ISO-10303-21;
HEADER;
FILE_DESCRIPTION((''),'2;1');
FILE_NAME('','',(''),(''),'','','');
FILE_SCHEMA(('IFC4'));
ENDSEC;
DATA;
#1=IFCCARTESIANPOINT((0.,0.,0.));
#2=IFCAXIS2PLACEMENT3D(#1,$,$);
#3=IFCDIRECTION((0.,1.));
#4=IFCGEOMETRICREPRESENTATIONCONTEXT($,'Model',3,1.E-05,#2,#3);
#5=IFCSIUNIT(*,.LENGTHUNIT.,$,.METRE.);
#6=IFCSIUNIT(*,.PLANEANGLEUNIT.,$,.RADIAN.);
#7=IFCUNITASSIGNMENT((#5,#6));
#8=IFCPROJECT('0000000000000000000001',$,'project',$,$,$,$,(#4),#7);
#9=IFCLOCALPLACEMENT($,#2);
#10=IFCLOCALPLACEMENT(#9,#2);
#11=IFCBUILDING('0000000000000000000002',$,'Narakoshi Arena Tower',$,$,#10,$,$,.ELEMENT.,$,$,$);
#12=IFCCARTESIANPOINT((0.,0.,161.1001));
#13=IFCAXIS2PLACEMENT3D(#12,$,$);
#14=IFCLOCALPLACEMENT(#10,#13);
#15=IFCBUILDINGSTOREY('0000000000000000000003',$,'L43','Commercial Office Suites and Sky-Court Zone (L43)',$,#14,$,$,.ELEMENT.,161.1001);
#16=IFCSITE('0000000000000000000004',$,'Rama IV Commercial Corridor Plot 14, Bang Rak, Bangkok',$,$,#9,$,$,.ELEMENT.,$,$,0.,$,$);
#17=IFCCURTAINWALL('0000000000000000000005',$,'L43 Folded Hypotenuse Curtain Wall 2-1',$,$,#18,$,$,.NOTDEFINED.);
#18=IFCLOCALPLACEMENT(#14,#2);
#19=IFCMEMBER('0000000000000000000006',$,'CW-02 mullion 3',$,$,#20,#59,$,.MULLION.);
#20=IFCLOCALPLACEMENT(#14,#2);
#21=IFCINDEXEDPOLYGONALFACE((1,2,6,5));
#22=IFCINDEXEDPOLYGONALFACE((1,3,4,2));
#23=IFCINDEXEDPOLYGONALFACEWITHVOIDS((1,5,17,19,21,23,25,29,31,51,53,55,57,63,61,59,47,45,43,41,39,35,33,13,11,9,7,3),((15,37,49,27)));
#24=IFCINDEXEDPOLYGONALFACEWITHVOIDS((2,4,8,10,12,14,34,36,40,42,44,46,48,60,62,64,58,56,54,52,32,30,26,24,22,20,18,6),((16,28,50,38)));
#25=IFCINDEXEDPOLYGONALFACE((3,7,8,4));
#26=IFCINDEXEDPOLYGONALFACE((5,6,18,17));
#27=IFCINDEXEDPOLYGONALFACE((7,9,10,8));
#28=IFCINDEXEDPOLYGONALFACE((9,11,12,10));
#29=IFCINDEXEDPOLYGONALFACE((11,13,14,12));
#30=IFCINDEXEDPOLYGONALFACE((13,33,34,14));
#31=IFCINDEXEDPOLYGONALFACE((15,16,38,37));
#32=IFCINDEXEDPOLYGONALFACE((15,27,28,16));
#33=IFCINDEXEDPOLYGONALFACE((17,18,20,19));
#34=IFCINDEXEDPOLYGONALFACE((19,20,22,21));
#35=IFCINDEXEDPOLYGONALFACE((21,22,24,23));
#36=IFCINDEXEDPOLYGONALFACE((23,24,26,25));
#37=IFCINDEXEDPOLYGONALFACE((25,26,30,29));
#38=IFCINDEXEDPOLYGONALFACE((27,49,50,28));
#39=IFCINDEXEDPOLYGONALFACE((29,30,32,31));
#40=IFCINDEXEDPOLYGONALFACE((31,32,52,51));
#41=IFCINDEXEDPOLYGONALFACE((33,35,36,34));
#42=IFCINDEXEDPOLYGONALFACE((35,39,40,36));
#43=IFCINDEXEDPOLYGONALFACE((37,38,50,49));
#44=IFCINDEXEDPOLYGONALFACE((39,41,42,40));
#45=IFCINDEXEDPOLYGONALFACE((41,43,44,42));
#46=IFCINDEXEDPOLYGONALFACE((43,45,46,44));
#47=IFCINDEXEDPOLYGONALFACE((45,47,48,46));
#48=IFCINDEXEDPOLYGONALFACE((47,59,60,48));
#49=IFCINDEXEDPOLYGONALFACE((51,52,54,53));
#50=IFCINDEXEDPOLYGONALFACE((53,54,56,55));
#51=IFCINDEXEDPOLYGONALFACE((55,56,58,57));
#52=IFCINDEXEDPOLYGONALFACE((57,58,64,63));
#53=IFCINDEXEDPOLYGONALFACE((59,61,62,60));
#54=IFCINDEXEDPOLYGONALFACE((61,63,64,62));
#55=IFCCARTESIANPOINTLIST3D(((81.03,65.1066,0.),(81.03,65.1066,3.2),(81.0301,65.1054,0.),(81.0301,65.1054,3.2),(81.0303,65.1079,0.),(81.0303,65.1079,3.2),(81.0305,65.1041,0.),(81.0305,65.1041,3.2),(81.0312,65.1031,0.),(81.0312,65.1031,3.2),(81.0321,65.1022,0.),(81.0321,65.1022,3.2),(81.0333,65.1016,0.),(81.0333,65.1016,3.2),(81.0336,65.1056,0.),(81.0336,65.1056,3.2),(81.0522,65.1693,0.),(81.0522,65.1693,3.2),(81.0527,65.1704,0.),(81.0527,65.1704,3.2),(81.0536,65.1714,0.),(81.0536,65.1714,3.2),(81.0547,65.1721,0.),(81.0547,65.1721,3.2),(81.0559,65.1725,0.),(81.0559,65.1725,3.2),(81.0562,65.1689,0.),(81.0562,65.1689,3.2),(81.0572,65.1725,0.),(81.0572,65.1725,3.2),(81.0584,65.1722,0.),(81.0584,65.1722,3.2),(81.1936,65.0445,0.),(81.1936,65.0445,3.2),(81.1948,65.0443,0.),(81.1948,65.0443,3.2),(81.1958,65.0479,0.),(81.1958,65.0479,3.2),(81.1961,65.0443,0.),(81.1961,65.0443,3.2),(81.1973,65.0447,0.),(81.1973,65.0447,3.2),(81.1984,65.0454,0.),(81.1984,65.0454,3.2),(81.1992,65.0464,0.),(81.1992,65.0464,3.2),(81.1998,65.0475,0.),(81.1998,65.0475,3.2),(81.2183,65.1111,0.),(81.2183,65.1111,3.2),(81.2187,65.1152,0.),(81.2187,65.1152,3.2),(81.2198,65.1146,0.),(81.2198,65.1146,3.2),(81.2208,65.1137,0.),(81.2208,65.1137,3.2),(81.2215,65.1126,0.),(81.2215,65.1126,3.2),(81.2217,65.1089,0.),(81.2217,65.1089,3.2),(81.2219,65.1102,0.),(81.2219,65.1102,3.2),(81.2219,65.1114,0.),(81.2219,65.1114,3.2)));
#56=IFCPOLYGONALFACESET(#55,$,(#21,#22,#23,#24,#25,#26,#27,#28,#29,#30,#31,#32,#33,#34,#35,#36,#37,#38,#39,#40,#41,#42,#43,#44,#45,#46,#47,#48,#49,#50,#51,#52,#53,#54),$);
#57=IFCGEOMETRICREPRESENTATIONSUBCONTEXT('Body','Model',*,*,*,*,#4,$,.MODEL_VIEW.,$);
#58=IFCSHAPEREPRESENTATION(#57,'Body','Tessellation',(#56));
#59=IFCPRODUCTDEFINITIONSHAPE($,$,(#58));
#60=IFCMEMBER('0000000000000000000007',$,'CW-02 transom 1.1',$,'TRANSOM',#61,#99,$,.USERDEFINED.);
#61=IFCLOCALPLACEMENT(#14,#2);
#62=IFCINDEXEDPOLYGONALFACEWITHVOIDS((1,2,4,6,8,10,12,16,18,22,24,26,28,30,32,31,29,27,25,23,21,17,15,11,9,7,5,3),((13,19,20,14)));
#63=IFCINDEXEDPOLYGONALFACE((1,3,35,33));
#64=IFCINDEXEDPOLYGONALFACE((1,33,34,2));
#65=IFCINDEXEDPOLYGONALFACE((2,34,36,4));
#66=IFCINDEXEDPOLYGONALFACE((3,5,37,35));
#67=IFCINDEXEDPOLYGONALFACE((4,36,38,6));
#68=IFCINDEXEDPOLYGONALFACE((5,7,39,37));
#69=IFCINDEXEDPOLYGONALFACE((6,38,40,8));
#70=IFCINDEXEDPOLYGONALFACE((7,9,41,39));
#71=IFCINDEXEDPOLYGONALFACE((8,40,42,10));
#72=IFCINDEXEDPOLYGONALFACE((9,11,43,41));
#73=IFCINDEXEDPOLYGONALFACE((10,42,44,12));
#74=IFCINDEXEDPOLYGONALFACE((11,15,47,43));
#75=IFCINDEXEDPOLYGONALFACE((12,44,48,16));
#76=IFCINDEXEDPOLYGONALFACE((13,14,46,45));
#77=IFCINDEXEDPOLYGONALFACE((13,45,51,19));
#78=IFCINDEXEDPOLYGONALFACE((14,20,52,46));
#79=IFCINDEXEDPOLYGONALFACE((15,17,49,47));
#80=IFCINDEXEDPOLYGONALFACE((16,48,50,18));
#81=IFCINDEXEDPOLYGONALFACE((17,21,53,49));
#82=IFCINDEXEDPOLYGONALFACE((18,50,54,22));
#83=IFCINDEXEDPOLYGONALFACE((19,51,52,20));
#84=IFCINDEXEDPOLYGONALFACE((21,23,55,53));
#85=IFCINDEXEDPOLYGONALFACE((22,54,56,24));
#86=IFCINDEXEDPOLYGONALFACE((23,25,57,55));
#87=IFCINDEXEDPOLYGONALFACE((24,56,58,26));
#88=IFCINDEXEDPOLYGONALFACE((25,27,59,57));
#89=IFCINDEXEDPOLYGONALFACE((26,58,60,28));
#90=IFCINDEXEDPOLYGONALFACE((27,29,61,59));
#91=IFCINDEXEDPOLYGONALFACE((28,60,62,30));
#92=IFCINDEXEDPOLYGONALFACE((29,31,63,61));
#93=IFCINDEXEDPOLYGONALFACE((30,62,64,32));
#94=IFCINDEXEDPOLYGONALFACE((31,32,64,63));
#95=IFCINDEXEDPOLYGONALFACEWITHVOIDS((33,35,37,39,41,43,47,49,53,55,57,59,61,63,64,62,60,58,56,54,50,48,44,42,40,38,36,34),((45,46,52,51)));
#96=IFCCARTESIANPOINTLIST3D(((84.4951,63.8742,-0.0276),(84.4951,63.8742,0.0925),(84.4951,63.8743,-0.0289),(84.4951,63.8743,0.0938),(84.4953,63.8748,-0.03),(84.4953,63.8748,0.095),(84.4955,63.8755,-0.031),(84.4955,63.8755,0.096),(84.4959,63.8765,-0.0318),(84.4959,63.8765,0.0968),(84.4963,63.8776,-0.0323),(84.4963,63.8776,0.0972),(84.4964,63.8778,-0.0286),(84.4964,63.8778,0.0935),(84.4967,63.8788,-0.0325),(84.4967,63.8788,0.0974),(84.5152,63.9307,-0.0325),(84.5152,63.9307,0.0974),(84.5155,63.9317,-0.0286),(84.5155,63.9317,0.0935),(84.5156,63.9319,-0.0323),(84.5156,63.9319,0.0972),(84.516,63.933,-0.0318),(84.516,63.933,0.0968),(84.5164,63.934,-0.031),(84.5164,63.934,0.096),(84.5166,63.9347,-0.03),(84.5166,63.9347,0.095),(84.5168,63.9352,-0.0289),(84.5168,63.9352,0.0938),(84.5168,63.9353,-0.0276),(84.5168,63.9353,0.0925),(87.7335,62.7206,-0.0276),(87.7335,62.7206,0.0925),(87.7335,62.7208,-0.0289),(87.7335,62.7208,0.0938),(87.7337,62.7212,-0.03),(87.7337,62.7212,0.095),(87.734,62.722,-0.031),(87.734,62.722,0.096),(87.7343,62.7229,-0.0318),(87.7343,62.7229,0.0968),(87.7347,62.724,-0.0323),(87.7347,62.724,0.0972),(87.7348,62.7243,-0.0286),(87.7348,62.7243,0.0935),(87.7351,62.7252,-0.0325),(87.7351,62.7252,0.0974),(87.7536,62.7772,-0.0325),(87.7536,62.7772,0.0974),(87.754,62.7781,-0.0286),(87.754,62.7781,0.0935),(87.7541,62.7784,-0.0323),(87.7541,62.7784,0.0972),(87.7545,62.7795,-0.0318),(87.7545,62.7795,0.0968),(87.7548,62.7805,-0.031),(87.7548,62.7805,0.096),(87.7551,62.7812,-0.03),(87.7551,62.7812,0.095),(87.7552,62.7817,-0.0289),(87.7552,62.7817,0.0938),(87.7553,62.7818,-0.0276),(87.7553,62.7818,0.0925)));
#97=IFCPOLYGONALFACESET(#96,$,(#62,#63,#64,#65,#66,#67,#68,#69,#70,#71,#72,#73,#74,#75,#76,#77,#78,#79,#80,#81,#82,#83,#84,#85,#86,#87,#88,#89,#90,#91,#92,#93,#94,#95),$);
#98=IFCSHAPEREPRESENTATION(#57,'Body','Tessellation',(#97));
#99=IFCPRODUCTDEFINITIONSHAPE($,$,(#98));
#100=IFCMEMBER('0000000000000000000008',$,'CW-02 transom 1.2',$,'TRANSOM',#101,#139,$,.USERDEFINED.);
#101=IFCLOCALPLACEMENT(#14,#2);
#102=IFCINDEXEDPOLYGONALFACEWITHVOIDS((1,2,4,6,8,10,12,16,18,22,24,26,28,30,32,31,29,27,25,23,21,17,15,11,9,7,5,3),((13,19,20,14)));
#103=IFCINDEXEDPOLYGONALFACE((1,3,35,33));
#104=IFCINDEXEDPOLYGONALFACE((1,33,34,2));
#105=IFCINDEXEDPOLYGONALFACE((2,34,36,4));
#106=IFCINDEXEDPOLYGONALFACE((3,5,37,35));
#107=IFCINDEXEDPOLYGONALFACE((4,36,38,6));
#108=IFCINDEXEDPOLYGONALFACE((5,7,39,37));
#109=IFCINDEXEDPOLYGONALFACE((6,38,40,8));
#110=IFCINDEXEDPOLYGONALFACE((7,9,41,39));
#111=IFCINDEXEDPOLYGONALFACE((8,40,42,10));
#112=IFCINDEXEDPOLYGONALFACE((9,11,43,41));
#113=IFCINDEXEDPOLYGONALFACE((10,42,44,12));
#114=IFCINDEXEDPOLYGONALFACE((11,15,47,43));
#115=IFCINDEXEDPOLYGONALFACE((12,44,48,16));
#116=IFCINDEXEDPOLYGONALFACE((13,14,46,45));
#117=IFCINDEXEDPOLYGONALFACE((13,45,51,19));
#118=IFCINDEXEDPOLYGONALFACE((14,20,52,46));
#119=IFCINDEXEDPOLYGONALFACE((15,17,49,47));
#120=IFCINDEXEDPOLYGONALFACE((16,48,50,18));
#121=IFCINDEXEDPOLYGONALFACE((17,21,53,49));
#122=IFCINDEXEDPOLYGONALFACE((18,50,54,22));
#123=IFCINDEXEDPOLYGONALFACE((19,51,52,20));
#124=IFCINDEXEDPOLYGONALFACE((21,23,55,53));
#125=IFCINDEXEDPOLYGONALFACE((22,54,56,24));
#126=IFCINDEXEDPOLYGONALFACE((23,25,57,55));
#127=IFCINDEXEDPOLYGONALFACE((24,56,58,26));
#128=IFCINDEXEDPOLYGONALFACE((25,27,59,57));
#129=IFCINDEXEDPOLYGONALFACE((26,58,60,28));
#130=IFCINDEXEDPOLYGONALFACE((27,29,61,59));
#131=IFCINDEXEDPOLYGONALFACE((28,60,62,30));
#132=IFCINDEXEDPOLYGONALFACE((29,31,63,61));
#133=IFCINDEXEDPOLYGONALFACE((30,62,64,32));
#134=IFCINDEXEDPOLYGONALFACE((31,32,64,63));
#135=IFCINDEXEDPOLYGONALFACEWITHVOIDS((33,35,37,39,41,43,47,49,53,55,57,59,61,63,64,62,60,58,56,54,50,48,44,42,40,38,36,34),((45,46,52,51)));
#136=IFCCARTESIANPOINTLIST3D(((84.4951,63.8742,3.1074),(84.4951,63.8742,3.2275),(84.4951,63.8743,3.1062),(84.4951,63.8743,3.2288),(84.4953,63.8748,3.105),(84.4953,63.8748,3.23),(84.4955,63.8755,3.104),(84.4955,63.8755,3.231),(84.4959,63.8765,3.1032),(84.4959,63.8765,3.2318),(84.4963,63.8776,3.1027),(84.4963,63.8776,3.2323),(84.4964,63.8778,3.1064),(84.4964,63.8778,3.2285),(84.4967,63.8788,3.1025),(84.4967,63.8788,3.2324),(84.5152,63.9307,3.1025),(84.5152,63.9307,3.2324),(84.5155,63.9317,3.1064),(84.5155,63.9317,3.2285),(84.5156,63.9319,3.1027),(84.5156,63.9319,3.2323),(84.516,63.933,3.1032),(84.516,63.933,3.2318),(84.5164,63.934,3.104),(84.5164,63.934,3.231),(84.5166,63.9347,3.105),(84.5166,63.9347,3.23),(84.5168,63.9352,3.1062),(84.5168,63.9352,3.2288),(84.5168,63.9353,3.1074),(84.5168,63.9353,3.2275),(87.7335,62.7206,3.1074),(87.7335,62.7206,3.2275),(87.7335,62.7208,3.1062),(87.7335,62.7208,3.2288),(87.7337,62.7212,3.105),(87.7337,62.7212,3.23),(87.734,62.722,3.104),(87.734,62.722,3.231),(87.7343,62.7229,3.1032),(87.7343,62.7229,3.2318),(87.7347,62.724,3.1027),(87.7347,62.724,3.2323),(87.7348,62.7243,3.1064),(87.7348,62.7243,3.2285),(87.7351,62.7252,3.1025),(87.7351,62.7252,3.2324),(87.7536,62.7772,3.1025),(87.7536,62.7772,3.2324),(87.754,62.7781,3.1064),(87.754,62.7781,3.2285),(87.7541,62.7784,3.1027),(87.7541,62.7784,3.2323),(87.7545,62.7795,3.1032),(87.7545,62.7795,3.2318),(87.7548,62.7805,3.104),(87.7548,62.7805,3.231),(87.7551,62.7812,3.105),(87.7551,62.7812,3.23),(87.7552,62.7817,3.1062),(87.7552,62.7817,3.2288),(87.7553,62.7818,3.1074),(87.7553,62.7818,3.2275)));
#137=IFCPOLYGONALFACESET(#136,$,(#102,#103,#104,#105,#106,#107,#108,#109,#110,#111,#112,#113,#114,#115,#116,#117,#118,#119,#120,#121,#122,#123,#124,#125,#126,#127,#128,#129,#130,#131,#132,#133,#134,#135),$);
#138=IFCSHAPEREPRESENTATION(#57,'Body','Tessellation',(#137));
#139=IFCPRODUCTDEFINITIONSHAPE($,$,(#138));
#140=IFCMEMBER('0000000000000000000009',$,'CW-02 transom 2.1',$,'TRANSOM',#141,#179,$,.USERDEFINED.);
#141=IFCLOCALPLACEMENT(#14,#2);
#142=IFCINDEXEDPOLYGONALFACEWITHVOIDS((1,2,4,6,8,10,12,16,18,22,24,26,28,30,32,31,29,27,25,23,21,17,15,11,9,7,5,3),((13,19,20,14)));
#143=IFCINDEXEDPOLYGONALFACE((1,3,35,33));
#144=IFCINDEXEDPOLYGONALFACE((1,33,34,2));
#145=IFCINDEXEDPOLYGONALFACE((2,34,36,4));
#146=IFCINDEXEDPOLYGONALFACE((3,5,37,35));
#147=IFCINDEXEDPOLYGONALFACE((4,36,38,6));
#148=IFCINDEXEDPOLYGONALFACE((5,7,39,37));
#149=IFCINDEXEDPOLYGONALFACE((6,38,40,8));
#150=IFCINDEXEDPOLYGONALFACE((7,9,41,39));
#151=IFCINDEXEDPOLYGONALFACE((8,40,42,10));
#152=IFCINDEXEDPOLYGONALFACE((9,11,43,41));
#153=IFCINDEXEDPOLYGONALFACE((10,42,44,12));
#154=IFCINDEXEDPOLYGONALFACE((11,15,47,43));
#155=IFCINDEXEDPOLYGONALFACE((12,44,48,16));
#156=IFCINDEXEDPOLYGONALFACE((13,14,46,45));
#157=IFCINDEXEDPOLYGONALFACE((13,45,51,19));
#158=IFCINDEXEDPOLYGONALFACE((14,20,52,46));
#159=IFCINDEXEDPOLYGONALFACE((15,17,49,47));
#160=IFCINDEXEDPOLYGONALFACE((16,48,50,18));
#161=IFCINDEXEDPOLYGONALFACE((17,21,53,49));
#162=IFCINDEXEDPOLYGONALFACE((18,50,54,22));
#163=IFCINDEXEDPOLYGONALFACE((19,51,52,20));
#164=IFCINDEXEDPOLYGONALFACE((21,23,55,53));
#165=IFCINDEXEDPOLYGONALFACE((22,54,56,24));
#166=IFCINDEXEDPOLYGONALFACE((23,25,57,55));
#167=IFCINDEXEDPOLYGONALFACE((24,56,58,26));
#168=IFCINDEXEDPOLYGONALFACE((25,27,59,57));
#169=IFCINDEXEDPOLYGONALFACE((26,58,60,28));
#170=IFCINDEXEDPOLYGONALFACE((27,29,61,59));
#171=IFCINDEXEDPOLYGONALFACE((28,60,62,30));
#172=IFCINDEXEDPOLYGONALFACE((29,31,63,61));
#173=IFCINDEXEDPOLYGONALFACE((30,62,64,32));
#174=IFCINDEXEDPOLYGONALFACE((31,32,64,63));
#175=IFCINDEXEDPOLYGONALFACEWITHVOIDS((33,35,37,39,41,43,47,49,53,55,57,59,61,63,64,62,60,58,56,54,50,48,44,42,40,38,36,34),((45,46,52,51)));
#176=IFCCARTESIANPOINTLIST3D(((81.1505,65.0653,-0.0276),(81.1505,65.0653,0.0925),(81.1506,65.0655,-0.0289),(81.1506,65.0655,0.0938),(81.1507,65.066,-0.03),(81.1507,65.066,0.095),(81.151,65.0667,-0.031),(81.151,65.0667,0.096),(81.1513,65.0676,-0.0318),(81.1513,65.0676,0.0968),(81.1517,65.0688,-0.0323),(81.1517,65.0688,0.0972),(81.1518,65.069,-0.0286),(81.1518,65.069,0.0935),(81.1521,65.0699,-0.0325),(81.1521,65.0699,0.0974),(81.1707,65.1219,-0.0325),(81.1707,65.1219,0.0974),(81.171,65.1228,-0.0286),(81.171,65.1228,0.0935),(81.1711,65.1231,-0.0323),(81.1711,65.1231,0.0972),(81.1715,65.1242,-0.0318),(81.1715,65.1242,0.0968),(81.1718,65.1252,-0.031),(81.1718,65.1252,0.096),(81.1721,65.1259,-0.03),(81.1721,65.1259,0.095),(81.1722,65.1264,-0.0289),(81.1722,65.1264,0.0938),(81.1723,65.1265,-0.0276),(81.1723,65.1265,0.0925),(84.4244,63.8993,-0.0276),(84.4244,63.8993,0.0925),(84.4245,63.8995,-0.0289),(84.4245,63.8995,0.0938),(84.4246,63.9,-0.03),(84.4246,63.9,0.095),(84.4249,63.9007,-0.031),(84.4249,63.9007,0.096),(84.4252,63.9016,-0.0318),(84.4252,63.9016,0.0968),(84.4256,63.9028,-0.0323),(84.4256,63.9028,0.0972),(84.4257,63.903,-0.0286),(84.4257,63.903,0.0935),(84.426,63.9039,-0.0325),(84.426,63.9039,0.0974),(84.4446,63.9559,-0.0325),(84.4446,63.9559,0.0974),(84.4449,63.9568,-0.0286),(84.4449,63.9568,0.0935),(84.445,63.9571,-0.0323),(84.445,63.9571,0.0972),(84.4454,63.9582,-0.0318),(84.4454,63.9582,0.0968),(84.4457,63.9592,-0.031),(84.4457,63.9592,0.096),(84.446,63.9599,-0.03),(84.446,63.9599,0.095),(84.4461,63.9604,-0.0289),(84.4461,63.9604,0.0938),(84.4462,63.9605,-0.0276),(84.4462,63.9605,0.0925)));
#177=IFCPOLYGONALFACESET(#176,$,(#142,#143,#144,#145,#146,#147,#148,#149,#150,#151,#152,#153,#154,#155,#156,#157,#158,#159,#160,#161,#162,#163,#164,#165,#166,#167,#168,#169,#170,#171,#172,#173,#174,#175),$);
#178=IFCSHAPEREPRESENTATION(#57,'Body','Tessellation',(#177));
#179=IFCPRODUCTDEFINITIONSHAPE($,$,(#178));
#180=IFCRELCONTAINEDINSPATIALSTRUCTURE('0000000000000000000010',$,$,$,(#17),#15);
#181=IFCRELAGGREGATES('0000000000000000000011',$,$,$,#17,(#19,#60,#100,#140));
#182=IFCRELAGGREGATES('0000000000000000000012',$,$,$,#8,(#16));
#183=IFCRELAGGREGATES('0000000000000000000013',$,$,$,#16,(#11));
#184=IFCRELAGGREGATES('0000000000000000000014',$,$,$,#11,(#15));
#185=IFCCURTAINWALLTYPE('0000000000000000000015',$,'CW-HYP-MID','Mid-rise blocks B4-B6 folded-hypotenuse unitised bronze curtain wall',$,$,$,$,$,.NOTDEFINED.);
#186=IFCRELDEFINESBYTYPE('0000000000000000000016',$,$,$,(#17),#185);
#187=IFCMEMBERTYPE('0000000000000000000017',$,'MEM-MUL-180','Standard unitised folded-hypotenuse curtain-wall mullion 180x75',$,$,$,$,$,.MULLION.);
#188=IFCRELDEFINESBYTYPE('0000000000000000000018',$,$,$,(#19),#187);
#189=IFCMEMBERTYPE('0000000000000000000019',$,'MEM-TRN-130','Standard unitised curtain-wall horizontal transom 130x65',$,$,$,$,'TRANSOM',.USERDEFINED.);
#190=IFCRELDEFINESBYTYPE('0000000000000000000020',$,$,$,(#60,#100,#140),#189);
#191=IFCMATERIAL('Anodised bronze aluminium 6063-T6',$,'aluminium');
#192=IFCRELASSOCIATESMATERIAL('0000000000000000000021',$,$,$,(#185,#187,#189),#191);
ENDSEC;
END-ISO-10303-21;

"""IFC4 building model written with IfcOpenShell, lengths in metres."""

from ifc_helpers import new_model, si_unit, direction, frame, origin, origin_2d, place, context, subcontext, project, spatial, hollow_rectangle, extrude, material, material_profile, profile_set, type_object, element, aggregate, save


model = new_model("IFC4")

# Units and contexts
model_context = context("Model", 3, precision=1e-05, world=origin(), true_north=direction((0.0, 1.0)))
body_context = subcontext(model_context, "Body", "Model", "MODEL_VIEW")
ifc_project = project(units=[si_unit("LENGTHUNIT", "METRE"), si_unit("PLANEANGLEUNIT", "RADIAN")], contexts=[model_context])

# Site, building, storey
site_placement = place(None, origin())
site = spatial("IfcSite", under=ifc_project, at=site_placement, Name="Rama IV Commercial Corridor Plot 14, Bang Rak, Bangkok", CompositionType="ELEMENT", RefElevation=0.0)
building_placement = place(site_placement, origin())
building = spatial("IfcBuilding", under=site, at=building_placement, Name="Narakoshi Arena Tower", CompositionType="ELEMENT")
storey_placement = place(building_placement, frame((0.0, 0.0, 161.1001)))
storey = spatial("IfcBuildingStorey", under=building, at=storey_placement, Name="L43", Description="Commercial Office Suites and Sky-Court Zone (L43)", CompositionType="ELEMENT", Elevation=161.1001)

# Shared definitions
ifc_material_1 = material(Name="Anodised bronze aluminium 6063-T6", Category="aluminium")
curtain_wall_type = type_object("IfcCurtainWallType", Name="CW-HYP-MID", Description="Mid-rise blocks B4-B6 folded-hypotenuse unitised bronze curtain wall", PredefinedType="NOTDEFINED", material=ifc_material_1)
ifc_material_profile_1 = material_profile(ifc_material_1, hollow_rectangle(XDim=0.075, YDim=0.1799, WallThickness=0.0039, OuterFilletRadius=0.0049, at=origin_2d()), Name="MUL180x75x4")
ifc_profile_set_1 = profile_set([ifc_material_profile_1], Name="Anodised bronze aluminium 6063-T6")
member_type_1 = type_object("IfcMemberType", Name="MEM-MUL-180", Description="Standard unitised folded-hypotenuse curtain-wall mullion 180x75", PredefinedType="MULLION", material=ifc_profile_set_1)

# Curtain wall, members
curtain_wall_1_placement = place(storey_placement, origin())
curtain_wall_1 = element("IfcCurtainWall", 1, at=curtain_wall_1_placement, inside=storey, type_object=curtain_wall_type, Name="L43 Folded Hypotenuse Curtain Wall 2-1", PredefinedType="NOTDEFINED")
member_1_placement = place(storey_placement, frame((81.126, 65.1084, 0.0), z_axis=(0.0, 0.0, 1.0), x_axis=(-0.335518, -0.942034, 0.0)))
member_1 = element("IfcMember", 2, at=member_1_placement, type_object=member_type_1, Name="CW-02 mullion 3", PredefinedType="MULLION", context=body_context, shape_type="SweptSolid", body=[
    extrude(hollow_rectangle(XDim=0.075, YDim=0.1799, WallThickness=0.0039, OuterFilletRadius=0.0049, at=origin_2d()), origin(), (0.0, 0.0, 1.0), 3.2),
])
ifc_material_profile_2 = material_profile(ifc_material_1, hollow_rectangle(XDim=0.0649, YDim=0.1299, WallThickness=0.0039, OuterFilletRadius=0.0049, at=origin_2d()), Name="TRN130x65x4")
ifc_profile_set_2 = profile_set([ifc_material_profile_2], Name="Anodised bronze aluminium 6063-T6")
member_type_2 = type_object("IfcMemberType", Name="MEM-TRN-130", Description="Standard unitised curtain-wall horizontal transom 130x65", ElementType="TRANSOM", PredefinedType="USERDEFINED", material=ifc_profile_set_2)
member_2_placement = place(storey_placement, frame((87.7444, 62.7512, 0.0325), z_axis=(-0.942023, 0.335549, 0.0), x_axis=(-0.335549, -0.942023, 0.0)))
member_2 = element("IfcMember", 3, at=member_2_placement, type_object=member_type_2, Name="CW-02 transom 1.1", ObjectType="TRANSOM", PredefinedType="USERDEFINED", context=body_context, shape_type="SweptSolid", body=[
    extrude(hollow_rectangle(XDim=0.0649, YDim=0.1299, WallThickness=0.0039, OuterFilletRadius=0.0049, at=origin_2d()), origin(), (0.0, 0.0, 1.0), 3.4377),
])
member_3_placement = place(storey_placement, frame((87.7444, 62.7512, 3.1675), z_axis=(-0.942023, 0.335549, 0.0), x_axis=(-0.335549, -0.942023, 0.0)))
member_3 = element("IfcMember", 4, at=member_3_placement, type_object=member_type_2, Name="CW-02 transom 1.2", ObjectType="TRANSOM", PredefinedType="USERDEFINED", context=body_context, shape_type="SweptSolid", body=[
    extrude(hollow_rectangle(XDim=0.0649, YDim=0.1299, WallThickness=0.0039, OuterFilletRadius=0.0049, at=origin_2d()), origin(), (0.0, 0.0, 1.0), 3.4377),
])
member_4_placement = place(storey_placement, frame((84.4353, 63.9299, 0.0325), z_axis=(-0.942037, 0.335509, 0.0), x_axis=(-0.335509, -0.942037, 0.0)))
member_4 = element("IfcMember", 5, at=member_4_placement, type_object=member_type_2, Name="CW-02 transom 2.1", ObjectType="TRANSOM", PredefinedType="USERDEFINED", context=body_context, shape_type="SweptSolid", body=[
    extrude(hollow_rectangle(XDim=0.0649, YDim=0.1299, WallThickness=0.0039, OuterFilletRadius=0.0049, at=origin_2d()), origin(), (0.0, 0.0, 1.0), 3.4753),
])
aggregate(curtain_wall_1, [member_1, member_2, member_3, member_4])

save(model, "model.ifc")
